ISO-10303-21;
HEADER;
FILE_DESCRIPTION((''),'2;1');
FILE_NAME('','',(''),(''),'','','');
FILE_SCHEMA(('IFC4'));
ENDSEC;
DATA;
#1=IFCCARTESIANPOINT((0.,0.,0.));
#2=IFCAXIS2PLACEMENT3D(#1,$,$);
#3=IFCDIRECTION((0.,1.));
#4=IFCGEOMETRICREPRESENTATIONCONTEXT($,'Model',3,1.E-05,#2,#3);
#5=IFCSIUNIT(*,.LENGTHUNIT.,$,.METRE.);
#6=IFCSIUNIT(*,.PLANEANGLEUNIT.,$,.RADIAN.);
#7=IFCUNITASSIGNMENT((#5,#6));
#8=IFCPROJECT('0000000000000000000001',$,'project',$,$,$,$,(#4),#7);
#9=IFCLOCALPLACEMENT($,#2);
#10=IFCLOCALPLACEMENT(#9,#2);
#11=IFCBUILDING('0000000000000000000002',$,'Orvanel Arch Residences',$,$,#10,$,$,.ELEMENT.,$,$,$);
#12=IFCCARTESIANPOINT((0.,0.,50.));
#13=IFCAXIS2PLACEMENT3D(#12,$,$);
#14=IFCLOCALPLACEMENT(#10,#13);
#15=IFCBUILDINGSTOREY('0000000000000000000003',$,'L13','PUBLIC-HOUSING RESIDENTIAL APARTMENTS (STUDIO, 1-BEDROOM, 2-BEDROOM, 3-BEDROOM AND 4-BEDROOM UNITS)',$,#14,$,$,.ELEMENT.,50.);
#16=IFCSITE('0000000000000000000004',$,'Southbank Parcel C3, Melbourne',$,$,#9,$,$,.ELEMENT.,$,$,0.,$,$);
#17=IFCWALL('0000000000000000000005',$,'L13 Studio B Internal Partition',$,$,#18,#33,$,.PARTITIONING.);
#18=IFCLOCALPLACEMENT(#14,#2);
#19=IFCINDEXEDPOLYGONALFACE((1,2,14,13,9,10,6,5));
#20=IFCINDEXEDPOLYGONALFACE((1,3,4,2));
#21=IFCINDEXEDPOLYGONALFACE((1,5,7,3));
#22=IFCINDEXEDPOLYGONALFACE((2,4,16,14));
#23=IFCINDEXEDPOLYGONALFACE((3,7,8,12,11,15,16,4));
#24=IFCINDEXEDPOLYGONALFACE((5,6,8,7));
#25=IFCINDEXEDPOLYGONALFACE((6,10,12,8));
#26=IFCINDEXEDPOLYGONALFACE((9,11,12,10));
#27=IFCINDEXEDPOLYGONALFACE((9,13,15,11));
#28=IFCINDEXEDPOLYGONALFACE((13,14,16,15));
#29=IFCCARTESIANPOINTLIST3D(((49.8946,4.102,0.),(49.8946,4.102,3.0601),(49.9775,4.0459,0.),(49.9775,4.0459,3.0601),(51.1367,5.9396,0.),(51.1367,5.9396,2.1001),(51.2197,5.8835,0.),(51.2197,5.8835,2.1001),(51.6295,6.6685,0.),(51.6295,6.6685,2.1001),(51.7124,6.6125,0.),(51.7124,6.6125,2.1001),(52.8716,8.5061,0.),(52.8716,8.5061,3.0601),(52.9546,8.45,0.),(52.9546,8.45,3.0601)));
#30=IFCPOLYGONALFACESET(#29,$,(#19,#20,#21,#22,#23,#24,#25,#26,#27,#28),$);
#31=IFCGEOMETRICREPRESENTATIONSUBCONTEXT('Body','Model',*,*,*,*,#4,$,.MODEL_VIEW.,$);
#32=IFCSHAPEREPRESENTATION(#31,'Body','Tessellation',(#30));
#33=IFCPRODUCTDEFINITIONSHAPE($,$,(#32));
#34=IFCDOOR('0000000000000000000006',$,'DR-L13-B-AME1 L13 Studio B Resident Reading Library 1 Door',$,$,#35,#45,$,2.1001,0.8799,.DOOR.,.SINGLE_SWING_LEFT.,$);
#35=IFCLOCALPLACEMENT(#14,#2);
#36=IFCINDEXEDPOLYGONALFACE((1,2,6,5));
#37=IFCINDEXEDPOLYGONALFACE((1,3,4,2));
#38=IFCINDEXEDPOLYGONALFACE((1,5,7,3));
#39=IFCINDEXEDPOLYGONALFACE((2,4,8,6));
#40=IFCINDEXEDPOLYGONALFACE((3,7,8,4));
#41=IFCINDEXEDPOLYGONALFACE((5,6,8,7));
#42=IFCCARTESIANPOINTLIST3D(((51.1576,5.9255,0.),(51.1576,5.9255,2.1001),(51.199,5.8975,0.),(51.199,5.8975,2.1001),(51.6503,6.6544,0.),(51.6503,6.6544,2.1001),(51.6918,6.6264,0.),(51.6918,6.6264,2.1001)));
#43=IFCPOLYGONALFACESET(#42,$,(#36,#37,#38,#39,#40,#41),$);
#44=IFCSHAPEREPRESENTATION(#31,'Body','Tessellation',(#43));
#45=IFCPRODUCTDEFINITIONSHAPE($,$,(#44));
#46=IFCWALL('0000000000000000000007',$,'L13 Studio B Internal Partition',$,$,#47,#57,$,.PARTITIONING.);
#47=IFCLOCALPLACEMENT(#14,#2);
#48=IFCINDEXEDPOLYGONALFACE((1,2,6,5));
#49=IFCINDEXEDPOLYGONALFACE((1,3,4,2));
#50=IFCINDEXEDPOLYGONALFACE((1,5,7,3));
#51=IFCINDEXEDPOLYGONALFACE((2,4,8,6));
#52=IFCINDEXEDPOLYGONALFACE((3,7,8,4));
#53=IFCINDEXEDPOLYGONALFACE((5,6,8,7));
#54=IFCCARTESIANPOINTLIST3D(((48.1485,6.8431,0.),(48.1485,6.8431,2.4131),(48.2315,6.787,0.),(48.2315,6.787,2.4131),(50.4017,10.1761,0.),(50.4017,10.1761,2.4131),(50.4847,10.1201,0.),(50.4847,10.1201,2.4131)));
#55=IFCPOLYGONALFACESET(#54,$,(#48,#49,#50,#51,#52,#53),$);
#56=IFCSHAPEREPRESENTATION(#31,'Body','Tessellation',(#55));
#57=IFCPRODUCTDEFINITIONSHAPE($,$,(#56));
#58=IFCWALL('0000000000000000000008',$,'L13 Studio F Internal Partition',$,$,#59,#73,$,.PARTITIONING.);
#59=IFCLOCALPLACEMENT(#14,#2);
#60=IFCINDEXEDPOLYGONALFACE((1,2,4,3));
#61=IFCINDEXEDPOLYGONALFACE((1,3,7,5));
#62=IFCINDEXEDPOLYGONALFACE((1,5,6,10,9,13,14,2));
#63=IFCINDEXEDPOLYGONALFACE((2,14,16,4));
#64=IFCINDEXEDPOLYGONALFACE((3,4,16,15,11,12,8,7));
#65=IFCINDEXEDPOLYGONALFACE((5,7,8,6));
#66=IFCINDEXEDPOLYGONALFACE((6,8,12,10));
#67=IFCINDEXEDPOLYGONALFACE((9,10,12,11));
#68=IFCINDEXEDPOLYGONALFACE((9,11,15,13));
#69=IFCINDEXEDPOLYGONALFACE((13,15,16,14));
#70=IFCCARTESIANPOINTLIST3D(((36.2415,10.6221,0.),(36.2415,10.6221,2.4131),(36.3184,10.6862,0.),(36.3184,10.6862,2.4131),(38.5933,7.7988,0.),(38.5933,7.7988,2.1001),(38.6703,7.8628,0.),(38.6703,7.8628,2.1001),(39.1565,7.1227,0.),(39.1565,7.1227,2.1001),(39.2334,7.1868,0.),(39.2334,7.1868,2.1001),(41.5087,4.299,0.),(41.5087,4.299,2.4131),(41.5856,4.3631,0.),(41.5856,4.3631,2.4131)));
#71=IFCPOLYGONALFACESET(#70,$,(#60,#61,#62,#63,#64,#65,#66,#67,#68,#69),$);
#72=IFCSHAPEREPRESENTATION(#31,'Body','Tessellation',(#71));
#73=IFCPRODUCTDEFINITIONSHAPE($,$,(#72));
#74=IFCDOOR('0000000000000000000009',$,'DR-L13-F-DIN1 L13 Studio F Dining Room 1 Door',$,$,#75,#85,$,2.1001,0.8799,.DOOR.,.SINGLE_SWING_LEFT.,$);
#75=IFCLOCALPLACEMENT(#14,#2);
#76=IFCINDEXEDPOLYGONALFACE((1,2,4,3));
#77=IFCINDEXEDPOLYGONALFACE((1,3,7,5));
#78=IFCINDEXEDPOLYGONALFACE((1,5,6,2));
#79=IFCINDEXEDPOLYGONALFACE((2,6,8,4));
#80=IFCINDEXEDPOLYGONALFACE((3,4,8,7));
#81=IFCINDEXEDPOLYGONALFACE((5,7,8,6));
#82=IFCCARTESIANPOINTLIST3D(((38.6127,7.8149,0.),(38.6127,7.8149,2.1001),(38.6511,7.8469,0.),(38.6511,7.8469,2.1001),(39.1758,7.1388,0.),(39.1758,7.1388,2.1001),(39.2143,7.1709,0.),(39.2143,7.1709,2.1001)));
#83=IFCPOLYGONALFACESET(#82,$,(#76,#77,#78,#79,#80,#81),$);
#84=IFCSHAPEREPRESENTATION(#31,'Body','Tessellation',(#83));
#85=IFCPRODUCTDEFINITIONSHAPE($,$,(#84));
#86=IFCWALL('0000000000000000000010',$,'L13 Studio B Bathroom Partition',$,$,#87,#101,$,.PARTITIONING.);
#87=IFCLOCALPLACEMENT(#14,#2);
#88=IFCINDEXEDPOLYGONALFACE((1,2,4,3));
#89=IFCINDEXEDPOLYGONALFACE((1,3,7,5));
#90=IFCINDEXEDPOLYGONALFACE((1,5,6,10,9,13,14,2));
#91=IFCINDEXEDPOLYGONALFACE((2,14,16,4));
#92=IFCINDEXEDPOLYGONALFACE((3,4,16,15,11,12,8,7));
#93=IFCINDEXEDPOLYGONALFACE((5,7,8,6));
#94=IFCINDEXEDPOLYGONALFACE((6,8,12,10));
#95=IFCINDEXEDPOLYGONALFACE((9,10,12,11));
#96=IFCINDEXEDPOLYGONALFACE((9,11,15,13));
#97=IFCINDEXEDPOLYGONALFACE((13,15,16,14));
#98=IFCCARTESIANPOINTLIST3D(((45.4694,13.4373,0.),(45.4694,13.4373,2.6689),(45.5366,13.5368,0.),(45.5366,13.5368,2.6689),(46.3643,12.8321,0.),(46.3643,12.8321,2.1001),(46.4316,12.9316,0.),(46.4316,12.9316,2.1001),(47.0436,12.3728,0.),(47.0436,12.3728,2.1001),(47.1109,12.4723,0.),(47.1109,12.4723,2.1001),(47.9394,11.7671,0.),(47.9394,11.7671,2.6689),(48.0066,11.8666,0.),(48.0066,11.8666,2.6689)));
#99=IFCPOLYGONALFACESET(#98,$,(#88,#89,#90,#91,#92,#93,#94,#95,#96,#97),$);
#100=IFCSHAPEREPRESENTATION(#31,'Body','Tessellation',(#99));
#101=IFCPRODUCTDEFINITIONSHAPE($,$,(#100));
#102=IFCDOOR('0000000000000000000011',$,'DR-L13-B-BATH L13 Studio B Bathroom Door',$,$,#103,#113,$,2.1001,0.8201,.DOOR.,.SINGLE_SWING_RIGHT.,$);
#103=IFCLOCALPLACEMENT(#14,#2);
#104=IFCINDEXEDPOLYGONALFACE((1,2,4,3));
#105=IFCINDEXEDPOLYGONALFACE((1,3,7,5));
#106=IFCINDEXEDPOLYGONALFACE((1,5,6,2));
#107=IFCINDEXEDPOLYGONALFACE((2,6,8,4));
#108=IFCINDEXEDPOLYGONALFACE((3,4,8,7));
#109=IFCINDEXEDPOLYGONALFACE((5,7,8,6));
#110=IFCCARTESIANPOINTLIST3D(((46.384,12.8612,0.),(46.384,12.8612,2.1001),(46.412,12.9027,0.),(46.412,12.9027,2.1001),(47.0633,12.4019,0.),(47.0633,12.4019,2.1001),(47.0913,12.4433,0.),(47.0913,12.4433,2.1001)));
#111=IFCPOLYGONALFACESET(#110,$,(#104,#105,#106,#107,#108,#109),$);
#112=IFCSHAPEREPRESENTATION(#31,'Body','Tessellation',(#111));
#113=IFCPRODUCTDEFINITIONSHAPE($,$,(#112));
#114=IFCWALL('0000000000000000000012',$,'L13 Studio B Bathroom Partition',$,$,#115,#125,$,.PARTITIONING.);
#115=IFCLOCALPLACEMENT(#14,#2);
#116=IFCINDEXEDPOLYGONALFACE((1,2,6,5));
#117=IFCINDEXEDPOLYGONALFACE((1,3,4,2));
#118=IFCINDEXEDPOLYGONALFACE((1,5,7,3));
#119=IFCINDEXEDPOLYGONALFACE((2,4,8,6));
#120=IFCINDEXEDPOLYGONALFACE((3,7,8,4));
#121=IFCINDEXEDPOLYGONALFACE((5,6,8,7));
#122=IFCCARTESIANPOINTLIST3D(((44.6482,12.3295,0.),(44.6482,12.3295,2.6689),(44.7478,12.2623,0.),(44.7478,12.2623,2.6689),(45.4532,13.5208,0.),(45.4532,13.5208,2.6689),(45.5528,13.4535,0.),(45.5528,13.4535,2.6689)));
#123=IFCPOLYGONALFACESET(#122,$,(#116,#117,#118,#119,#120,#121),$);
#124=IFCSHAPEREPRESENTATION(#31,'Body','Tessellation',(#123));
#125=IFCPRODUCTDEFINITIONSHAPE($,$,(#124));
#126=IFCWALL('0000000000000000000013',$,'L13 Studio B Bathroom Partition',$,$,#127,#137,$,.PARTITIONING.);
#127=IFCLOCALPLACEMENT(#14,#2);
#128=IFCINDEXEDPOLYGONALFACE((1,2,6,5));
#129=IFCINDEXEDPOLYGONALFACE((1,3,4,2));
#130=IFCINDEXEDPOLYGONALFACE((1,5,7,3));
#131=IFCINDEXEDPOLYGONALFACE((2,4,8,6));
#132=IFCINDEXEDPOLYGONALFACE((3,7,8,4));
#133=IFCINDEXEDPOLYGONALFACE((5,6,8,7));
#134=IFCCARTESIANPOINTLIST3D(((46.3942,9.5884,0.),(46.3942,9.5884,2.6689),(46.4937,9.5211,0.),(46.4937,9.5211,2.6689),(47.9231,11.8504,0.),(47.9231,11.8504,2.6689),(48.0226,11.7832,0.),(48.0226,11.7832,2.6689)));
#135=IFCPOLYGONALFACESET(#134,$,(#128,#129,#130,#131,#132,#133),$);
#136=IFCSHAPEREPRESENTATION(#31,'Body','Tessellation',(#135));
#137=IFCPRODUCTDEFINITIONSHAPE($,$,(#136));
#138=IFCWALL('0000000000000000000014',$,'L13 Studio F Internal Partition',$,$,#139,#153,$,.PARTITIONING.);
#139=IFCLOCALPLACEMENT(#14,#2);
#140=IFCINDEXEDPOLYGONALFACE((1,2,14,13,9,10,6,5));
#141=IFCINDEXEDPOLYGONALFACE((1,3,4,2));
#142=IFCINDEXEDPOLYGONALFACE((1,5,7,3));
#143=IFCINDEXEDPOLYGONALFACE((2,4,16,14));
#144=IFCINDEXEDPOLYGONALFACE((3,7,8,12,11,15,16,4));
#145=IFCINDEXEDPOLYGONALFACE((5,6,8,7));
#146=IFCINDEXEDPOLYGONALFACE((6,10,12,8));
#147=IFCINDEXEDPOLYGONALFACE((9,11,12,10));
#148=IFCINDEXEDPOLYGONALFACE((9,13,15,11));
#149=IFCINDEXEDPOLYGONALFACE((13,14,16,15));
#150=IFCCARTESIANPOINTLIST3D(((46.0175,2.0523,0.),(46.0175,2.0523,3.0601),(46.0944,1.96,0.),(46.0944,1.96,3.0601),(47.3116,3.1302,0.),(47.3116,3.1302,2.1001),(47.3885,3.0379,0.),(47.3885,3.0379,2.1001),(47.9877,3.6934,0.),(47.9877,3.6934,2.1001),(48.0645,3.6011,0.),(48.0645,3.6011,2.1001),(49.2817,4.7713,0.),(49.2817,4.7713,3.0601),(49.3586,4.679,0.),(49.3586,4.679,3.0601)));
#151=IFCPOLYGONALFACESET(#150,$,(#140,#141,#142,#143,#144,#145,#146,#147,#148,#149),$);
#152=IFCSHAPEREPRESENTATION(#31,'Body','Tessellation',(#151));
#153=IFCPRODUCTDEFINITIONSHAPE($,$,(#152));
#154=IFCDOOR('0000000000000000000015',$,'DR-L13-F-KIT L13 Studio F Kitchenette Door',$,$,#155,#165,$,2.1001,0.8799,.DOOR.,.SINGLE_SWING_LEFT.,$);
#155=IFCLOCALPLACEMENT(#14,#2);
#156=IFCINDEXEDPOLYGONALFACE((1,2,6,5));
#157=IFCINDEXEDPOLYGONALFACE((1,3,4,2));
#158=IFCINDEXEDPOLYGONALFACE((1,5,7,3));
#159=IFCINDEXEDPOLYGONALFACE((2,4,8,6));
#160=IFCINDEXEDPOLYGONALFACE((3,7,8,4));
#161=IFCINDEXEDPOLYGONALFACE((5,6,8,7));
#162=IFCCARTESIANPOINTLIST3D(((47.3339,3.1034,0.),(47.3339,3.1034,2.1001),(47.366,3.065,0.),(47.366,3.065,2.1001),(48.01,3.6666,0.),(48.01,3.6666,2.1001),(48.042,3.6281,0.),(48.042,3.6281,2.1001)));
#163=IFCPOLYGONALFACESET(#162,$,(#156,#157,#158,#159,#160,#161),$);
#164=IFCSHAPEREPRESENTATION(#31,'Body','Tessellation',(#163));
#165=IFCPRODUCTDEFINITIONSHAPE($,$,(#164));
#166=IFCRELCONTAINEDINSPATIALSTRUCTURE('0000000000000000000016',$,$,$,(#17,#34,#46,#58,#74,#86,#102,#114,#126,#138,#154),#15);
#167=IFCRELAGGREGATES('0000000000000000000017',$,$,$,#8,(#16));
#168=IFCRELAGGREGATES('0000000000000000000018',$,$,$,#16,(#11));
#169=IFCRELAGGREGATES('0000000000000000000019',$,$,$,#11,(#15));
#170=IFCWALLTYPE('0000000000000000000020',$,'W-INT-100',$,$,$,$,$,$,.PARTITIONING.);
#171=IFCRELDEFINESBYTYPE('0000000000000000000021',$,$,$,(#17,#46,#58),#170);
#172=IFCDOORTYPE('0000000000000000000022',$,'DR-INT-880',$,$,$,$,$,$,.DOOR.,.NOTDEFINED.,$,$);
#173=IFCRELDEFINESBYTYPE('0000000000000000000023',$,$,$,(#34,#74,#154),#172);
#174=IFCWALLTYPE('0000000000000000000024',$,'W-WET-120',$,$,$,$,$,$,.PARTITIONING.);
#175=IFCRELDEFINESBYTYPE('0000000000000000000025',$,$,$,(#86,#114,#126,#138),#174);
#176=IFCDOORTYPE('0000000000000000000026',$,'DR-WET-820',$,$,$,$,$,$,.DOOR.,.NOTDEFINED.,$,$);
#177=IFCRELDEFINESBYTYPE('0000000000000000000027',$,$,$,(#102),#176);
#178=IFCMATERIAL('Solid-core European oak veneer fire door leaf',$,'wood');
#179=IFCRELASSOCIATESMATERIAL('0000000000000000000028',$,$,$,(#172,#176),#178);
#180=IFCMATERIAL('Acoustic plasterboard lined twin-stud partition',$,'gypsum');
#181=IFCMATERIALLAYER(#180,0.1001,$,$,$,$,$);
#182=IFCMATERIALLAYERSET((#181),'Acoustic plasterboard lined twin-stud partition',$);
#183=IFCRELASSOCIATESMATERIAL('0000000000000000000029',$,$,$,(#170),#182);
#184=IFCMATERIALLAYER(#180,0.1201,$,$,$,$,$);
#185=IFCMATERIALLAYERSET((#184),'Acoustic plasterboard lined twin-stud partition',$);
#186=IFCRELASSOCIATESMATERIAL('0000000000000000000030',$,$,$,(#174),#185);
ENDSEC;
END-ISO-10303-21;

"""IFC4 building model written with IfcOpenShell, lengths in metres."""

from ifc_helpers import new_model, si_unit, direction, frame, frame_2d, origin, place, context, subcontext, project, spatial, rectangle, extrude, material, layer, layer_set, type_object, element, fill, save


model = new_model("IFC4")

# Units and contexts
model_context = context("Model", 3, precision=1e-05, world=origin(), true_north=direction((0.0, 1.0)))
body_context = subcontext(model_context, "Body", "Model", "MODEL_VIEW")
ifc_project = project(units=[si_unit("LENGTHUNIT", "METRE"), si_unit("PLANEANGLEUNIT", "RADIAN")], contexts=[model_context])

# Site, building, storey
site_placement = place(None, origin())
site = spatial("IfcSite", under=ifc_project, at=site_placement, Name="Southbank Parcel C3, Melbourne", CompositionType="ELEMENT", RefElevation=0.0)
building_placement = place(site_placement, origin())
building = spatial("IfcBuilding", under=site, at=building_placement, Name="Orvanel Arch Residences", CompositionType="ELEMENT")
storey_placement = place(building_placement, frame((0.0, 0.0, 50.0)))
storey = spatial("IfcBuildingStorey", under=building, at=storey_placement, Name="L13", Description="PUBLIC-HOUSING RESIDENTIAL APARTMENTS (STUDIO, 1-BEDROOM, 2-BEDROOM, 3-BEDROOM AND 4-BEDROOM UNITS)", CompositionType="ELEMENT", Elevation=50.0)

# Shared definitions
ifc_material_1 = material(Name="Solid-core European oak veneer fire door leaf", Category="wood")
door_type_1 = type_object("IfcDoorType", Name="DR-INT-880", OperationType="NOTDEFINED", PredefinedType="DOOR", material=ifc_material_1)

# Wall, opening, door
ifc_material_2 = material(Name="Acoustic plasterboard lined twin-stud partition", Category="gypsum")
ifc_layer_1 = layer(ifc_material_2, 0.1001)
ifc_layer_set_1 = layer_set([ifc_layer_1], Name="Acoustic plasterboard lined twin-stud partition")
wall_type_1 = type_object("IfcWallType", Name="W-INT-100", PredefinedType="PARTITIONING", material=ifc_layer_set_1)
wall_1_placement = place(storey_placement, frame((49.936, 4.074, 0.0), z_axis=(0.0, 0.0, 1.0), x_axis=(0.56003, 0.828472, 0.0)))
wall_1 = element("IfcWall", 1, at=wall_1_placement, inside=storey, type_object=wall_type_1, Name="L13 Studio B Internal Partition", PredefinedType="PARTITIONING", context=body_context, shape_type="SweptSolid", body=[
    extrude(rectangle(XDim=5.3159, YDim=0.1001, at=frame_2d((2.658, 0.0))), origin(), (0.0, 0.0, 1.0), 3.0601),
])
opening_1_placement = place(wall_1_placement, frame((2.218, 0.0, 0.0)))
opening_1 = element("IfcOpeningElement", 2, at=opening_1_placement, cuts=wall_1, PredefinedType="OPENING", context=body_context, shape_type="SweptSolid", body=[
    extrude(rectangle(XDim=0.8799, YDim=2.1001, at=frame_2d((0.4399, 1.05))), frame((0.0, 0.0601, 0.0), z_axis=(0.0, -1.0, 0.0), x_axis=(1.0, 0.0, 0.0)), (0.0, 0.0, 1.0), 0.1201),
])
door_1_placement = place(opening_1_placement, origin())
door_1 = element("IfcDoor", 3, at=door_1_placement, inside=storey, type_object=door_type_1, Name="DR-L13-B-AME1 L13 Studio B Resident Reading Library 1 Door", OperationType="SINGLE_SWING_LEFT", OverallHeight=2.1001, OverallWidth=0.8799, PredefinedType="DOOR", context=body_context, shape_type="SweptSolid", body=[
    extrude(rectangle(XDim=0.8799, YDim=2.1001, at=frame_2d((0.4399, 1.05))), frame((0.0, 0.0249, 0.0), z_axis=(0.0, -1.0, 0.0), x_axis=(1.0, 0.0, 0.0)), (0.0, 0.0, 1.0), 0.05),
])
fill(opening_1, door_1)

# Wall
wall_2_placement = place(storey_placement, frame((48.1899, 6.8149, 0.0), z_axis=(0.0, 0.0, 1.0), x_axis=(0.560052, 0.828457, 0.0)))
element("IfcWall", 4, at=wall_2_placement, inside=storey, type_object=wall_type_1, Name="L13 Studio B Internal Partition", PredefinedType="PARTITIONING", context=body_context, shape_type="SweptSolid", body=[
    extrude(rectangle(XDim=4.0232, YDim=0.1001, at=frame_2d((2.0117, 0.0))), origin(), (0.0, 0.0, 1.0), 2.4131),
])

# Walls, openings, doors
wall_3_placement = place(storey_placement, frame((41.5471, 4.3311, 0.0), z_axis=(0.0, 0.0, 1.0), x_axis=(-0.640036, 0.768345, 0.0)))
wall_3 = element("IfcWall", 5, at=wall_3_placement, inside=storey, type_object=wall_type_1, Name="L13 Studio F Internal Partition", PredefinedType="PARTITIONING", context=body_context, shape_type="SweptSolid", body=[
    extrude(rectangle(XDim=8.2295, YDim=0.1001, at=frame_2d((4.1147, 0.0))), origin(), (0.0, 0.0, 1.0), 2.4131),
])
opening_2_placement = place(wall_3_placement, frame((3.675, 0.0, 0.0)))
opening_2 = element("IfcOpeningElement", 6, at=opening_2_placement, cuts=wall_3, PredefinedType="OPENING", context=body_context, shape_type="SweptSolid", body=[
    extrude(rectangle(XDim=0.8799, YDim=2.1001, at=frame_2d((0.4399, 1.05))), frame((0.0, 0.0601, 0.0), z_axis=(0.0, -1.0, 0.0), x_axis=(1.0, 0.0, 0.0)), (0.0, 0.0, 1.0), 0.1201),
])
door_2_placement = place(opening_2_placement, origin())
door_2 = element("IfcDoor", 7, at=door_2_placement, inside=storey, type_object=door_type_1, Name="DR-L13-F-DIN1 L13 Studio F Dining Room 1 Door", OperationType="SINGLE_SWING_LEFT", OverallHeight=2.1001, OverallWidth=0.8799, PredefinedType="DOOR", context=body_context, shape_type="SweptSolid", body=[
    extrude(rectangle(XDim=0.8799, YDim=2.1001, at=frame_2d((0.4399, 1.05))), frame((0.0, 0.0249, 0.0), z_axis=(0.0, -1.0, 0.0), x_axis=(1.0, 0.0, 0.0)), (0.0, 0.0, 1.0), 0.05),
])
fill(opening_2, door_2)
ifc_layer_2 = layer(ifc_material_2, 0.1201)
ifc_layer_set_2 = layer_set([ifc_layer_2], Name="Acoustic plasterboard lined twin-stud partition")
wall_type_2 = type_object("IfcWallType", Name="W-WET-120", PredefinedType="PARTITIONING", material=ifc_layer_set_2)
wall_4_placement = place(storey_placement, frame((47.9729, 11.8169, 0.0), z_axis=(0.0, 0.0, 1.0), x_axis=(-0.828392, 0.560149, 0.0)))
wall_4 = element("IfcWall", 8, at=wall_4_placement, inside=storey, type_object=wall_type_2, Name="L13 Studio B Bathroom Partition", PredefinedType="PARTITIONING", context=body_context, shape_type="SweptSolid", body=[
    extrude(rectangle(XDim=2.9817, YDim=0.1201, at=frame_2d((1.4907, 0.0))), origin(), (0.0, 0.0, 1.0), 2.6689),
])
opening_3_placement = place(wall_4_placement, frame((1.0811, 0.0, 0.0)))
opening_3 = element("IfcOpeningElement", 9, at=opening_3_placement, cuts=wall_4, PredefinedType="OPENING", context=body_context, shape_type="SweptSolid", body=[
    extrude(rectangle(XDim=0.8201, YDim=2.1001, at=frame_2d((0.4102, 1.05))), frame((0.0, 0.0701, 0.0), z_axis=(0.0, -1.0, 0.0), x_axis=(1.0, 0.0, 0.0)), (0.0, 0.0, 1.0), 0.1401),
])
door_type_2 = type_object("IfcDoorType", Name="DR-WET-820", OperationType="NOTDEFINED", PredefinedType="DOOR", material=ifc_material_1)
door_3_placement = place(opening_3_placement, origin())
door_3 = element("IfcDoor", 10, at=door_3_placement, inside=storey, type_object=door_type_2, Name="DR-L13-B-BATH L13 Studio B Bathroom Door", OperationType="SINGLE_SWING_RIGHT", OverallHeight=2.1001, OverallWidth=0.8201, PredefinedType="DOOR", context=body_context, shape_type="SweptSolid", body=[
    extrude(rectangle(XDim=0.8201, YDim=2.1001, at=frame_2d((0.4102, 1.05))), frame((0.0, 0.0249, 0.0), z_axis=(0.0, -1.0, 0.0), x_axis=(1.0, 0.0, 0.0)), (0.0, 0.0, 1.0), 0.05),
])
fill(opening_3, door_3)

# Walls
wall_5_placement = place(storey_placement, frame((45.5029, 13.4871, 0.0), z_axis=(0.0, 0.0, 1.0), x_axis=(-0.559902, -0.828559, 0.0)))
element("IfcWall", 11, at=wall_5_placement, inside=storey, type_object=wall_type_2, Name="L13 Studio B Bathroom Partition", PredefinedType="PARTITIONING", context=body_context, shape_type="SweptSolid", body=[
    extrude(rectangle(XDim=1.4377, YDim=0.1201, at=frame_2d((0.7188, 0.0))), origin(), (0.0, 0.0, 1.0), 2.6689),
])
wall_6_placement = place(storey_placement, frame((47.9729, 11.8169, 0.0), z_axis=(0.0, 0.0, 1.0), x_axis=(-0.559972, -0.828512, 0.0)))
element("IfcWall", 12, at=wall_6_placement, inside=storey, type_object=wall_type_2, Name="L13 Studio B Bathroom Partition", PredefinedType="PARTITIONING", context=body_context, shape_type="SweptSolid", body=[
    extrude(rectangle(XDim=2.7302, YDim=0.1201, at=frame_2d((1.3652, 0.0))), origin(), (0.0, 0.0, 1.0), 2.6689),
])

# Wall, opening, door
wall_7_placement = place(storey_placement, frame((49.3201, 4.7251, 0.0), z_axis=(0.0, 0.0, 1.0), x_axis=(-0.768353, -0.640026, 0.0)))
wall_7 = element("IfcWall", 13, at=wall_7_placement, inside=storey, type_object=wall_type_2, Name="L13 Studio F Internal Partition", PredefinedType="PARTITIONING", context=body_context, shape_type="SweptSolid", body=[
    extrude(rectangle(XDim=4.2483, YDim=0.1201, at=frame_2d((2.124, 0.0))), origin(), (0.0, 0.0, 1.0), 3.0601),
])
opening_4_placement = place(wall_7_placement, frame((1.6841, 0.0, 0.0)))
opening_4 = element("IfcOpeningElement", 14, at=opening_4_placement, cuts=wall_7, PredefinedType="OPENING", context=body_context, shape_type="SweptSolid", body=[
    extrude(rectangle(XDim=0.8799, YDim=2.1001, at=frame_2d((0.4399, 1.05))), frame((0.0, 0.0701, 0.0), z_axis=(0.0, -1.0, 0.0), x_axis=(1.0, 0.0, 0.0)), (0.0, 0.0, 1.0), 0.1401),
])
door_4_placement = place(opening_4_placement, origin())
door_4 = element("IfcDoor", 15, at=door_4_placement, inside=storey, type_object=door_type_1, Name="DR-L13-F-KIT L13 Studio F Kitchenette Door", OperationType="SINGLE_SWING_LEFT", OverallHeight=2.1001, OverallWidth=0.8799, PredefinedType="DOOR", context=body_context, shape_type="SweptSolid", body=[
    extrude(rectangle(XDim=0.8799, YDim=2.1001, at=frame_2d((0.4399, 1.05))), frame((0.0, 0.0249, 0.0), z_axis=(0.0, -1.0, 0.0), x_axis=(1.0, 0.0, 0.0)), (0.0, 0.0, 1.0), 0.05),
])
fill(opening_4, door_4)

save(model, "model.ifc")
